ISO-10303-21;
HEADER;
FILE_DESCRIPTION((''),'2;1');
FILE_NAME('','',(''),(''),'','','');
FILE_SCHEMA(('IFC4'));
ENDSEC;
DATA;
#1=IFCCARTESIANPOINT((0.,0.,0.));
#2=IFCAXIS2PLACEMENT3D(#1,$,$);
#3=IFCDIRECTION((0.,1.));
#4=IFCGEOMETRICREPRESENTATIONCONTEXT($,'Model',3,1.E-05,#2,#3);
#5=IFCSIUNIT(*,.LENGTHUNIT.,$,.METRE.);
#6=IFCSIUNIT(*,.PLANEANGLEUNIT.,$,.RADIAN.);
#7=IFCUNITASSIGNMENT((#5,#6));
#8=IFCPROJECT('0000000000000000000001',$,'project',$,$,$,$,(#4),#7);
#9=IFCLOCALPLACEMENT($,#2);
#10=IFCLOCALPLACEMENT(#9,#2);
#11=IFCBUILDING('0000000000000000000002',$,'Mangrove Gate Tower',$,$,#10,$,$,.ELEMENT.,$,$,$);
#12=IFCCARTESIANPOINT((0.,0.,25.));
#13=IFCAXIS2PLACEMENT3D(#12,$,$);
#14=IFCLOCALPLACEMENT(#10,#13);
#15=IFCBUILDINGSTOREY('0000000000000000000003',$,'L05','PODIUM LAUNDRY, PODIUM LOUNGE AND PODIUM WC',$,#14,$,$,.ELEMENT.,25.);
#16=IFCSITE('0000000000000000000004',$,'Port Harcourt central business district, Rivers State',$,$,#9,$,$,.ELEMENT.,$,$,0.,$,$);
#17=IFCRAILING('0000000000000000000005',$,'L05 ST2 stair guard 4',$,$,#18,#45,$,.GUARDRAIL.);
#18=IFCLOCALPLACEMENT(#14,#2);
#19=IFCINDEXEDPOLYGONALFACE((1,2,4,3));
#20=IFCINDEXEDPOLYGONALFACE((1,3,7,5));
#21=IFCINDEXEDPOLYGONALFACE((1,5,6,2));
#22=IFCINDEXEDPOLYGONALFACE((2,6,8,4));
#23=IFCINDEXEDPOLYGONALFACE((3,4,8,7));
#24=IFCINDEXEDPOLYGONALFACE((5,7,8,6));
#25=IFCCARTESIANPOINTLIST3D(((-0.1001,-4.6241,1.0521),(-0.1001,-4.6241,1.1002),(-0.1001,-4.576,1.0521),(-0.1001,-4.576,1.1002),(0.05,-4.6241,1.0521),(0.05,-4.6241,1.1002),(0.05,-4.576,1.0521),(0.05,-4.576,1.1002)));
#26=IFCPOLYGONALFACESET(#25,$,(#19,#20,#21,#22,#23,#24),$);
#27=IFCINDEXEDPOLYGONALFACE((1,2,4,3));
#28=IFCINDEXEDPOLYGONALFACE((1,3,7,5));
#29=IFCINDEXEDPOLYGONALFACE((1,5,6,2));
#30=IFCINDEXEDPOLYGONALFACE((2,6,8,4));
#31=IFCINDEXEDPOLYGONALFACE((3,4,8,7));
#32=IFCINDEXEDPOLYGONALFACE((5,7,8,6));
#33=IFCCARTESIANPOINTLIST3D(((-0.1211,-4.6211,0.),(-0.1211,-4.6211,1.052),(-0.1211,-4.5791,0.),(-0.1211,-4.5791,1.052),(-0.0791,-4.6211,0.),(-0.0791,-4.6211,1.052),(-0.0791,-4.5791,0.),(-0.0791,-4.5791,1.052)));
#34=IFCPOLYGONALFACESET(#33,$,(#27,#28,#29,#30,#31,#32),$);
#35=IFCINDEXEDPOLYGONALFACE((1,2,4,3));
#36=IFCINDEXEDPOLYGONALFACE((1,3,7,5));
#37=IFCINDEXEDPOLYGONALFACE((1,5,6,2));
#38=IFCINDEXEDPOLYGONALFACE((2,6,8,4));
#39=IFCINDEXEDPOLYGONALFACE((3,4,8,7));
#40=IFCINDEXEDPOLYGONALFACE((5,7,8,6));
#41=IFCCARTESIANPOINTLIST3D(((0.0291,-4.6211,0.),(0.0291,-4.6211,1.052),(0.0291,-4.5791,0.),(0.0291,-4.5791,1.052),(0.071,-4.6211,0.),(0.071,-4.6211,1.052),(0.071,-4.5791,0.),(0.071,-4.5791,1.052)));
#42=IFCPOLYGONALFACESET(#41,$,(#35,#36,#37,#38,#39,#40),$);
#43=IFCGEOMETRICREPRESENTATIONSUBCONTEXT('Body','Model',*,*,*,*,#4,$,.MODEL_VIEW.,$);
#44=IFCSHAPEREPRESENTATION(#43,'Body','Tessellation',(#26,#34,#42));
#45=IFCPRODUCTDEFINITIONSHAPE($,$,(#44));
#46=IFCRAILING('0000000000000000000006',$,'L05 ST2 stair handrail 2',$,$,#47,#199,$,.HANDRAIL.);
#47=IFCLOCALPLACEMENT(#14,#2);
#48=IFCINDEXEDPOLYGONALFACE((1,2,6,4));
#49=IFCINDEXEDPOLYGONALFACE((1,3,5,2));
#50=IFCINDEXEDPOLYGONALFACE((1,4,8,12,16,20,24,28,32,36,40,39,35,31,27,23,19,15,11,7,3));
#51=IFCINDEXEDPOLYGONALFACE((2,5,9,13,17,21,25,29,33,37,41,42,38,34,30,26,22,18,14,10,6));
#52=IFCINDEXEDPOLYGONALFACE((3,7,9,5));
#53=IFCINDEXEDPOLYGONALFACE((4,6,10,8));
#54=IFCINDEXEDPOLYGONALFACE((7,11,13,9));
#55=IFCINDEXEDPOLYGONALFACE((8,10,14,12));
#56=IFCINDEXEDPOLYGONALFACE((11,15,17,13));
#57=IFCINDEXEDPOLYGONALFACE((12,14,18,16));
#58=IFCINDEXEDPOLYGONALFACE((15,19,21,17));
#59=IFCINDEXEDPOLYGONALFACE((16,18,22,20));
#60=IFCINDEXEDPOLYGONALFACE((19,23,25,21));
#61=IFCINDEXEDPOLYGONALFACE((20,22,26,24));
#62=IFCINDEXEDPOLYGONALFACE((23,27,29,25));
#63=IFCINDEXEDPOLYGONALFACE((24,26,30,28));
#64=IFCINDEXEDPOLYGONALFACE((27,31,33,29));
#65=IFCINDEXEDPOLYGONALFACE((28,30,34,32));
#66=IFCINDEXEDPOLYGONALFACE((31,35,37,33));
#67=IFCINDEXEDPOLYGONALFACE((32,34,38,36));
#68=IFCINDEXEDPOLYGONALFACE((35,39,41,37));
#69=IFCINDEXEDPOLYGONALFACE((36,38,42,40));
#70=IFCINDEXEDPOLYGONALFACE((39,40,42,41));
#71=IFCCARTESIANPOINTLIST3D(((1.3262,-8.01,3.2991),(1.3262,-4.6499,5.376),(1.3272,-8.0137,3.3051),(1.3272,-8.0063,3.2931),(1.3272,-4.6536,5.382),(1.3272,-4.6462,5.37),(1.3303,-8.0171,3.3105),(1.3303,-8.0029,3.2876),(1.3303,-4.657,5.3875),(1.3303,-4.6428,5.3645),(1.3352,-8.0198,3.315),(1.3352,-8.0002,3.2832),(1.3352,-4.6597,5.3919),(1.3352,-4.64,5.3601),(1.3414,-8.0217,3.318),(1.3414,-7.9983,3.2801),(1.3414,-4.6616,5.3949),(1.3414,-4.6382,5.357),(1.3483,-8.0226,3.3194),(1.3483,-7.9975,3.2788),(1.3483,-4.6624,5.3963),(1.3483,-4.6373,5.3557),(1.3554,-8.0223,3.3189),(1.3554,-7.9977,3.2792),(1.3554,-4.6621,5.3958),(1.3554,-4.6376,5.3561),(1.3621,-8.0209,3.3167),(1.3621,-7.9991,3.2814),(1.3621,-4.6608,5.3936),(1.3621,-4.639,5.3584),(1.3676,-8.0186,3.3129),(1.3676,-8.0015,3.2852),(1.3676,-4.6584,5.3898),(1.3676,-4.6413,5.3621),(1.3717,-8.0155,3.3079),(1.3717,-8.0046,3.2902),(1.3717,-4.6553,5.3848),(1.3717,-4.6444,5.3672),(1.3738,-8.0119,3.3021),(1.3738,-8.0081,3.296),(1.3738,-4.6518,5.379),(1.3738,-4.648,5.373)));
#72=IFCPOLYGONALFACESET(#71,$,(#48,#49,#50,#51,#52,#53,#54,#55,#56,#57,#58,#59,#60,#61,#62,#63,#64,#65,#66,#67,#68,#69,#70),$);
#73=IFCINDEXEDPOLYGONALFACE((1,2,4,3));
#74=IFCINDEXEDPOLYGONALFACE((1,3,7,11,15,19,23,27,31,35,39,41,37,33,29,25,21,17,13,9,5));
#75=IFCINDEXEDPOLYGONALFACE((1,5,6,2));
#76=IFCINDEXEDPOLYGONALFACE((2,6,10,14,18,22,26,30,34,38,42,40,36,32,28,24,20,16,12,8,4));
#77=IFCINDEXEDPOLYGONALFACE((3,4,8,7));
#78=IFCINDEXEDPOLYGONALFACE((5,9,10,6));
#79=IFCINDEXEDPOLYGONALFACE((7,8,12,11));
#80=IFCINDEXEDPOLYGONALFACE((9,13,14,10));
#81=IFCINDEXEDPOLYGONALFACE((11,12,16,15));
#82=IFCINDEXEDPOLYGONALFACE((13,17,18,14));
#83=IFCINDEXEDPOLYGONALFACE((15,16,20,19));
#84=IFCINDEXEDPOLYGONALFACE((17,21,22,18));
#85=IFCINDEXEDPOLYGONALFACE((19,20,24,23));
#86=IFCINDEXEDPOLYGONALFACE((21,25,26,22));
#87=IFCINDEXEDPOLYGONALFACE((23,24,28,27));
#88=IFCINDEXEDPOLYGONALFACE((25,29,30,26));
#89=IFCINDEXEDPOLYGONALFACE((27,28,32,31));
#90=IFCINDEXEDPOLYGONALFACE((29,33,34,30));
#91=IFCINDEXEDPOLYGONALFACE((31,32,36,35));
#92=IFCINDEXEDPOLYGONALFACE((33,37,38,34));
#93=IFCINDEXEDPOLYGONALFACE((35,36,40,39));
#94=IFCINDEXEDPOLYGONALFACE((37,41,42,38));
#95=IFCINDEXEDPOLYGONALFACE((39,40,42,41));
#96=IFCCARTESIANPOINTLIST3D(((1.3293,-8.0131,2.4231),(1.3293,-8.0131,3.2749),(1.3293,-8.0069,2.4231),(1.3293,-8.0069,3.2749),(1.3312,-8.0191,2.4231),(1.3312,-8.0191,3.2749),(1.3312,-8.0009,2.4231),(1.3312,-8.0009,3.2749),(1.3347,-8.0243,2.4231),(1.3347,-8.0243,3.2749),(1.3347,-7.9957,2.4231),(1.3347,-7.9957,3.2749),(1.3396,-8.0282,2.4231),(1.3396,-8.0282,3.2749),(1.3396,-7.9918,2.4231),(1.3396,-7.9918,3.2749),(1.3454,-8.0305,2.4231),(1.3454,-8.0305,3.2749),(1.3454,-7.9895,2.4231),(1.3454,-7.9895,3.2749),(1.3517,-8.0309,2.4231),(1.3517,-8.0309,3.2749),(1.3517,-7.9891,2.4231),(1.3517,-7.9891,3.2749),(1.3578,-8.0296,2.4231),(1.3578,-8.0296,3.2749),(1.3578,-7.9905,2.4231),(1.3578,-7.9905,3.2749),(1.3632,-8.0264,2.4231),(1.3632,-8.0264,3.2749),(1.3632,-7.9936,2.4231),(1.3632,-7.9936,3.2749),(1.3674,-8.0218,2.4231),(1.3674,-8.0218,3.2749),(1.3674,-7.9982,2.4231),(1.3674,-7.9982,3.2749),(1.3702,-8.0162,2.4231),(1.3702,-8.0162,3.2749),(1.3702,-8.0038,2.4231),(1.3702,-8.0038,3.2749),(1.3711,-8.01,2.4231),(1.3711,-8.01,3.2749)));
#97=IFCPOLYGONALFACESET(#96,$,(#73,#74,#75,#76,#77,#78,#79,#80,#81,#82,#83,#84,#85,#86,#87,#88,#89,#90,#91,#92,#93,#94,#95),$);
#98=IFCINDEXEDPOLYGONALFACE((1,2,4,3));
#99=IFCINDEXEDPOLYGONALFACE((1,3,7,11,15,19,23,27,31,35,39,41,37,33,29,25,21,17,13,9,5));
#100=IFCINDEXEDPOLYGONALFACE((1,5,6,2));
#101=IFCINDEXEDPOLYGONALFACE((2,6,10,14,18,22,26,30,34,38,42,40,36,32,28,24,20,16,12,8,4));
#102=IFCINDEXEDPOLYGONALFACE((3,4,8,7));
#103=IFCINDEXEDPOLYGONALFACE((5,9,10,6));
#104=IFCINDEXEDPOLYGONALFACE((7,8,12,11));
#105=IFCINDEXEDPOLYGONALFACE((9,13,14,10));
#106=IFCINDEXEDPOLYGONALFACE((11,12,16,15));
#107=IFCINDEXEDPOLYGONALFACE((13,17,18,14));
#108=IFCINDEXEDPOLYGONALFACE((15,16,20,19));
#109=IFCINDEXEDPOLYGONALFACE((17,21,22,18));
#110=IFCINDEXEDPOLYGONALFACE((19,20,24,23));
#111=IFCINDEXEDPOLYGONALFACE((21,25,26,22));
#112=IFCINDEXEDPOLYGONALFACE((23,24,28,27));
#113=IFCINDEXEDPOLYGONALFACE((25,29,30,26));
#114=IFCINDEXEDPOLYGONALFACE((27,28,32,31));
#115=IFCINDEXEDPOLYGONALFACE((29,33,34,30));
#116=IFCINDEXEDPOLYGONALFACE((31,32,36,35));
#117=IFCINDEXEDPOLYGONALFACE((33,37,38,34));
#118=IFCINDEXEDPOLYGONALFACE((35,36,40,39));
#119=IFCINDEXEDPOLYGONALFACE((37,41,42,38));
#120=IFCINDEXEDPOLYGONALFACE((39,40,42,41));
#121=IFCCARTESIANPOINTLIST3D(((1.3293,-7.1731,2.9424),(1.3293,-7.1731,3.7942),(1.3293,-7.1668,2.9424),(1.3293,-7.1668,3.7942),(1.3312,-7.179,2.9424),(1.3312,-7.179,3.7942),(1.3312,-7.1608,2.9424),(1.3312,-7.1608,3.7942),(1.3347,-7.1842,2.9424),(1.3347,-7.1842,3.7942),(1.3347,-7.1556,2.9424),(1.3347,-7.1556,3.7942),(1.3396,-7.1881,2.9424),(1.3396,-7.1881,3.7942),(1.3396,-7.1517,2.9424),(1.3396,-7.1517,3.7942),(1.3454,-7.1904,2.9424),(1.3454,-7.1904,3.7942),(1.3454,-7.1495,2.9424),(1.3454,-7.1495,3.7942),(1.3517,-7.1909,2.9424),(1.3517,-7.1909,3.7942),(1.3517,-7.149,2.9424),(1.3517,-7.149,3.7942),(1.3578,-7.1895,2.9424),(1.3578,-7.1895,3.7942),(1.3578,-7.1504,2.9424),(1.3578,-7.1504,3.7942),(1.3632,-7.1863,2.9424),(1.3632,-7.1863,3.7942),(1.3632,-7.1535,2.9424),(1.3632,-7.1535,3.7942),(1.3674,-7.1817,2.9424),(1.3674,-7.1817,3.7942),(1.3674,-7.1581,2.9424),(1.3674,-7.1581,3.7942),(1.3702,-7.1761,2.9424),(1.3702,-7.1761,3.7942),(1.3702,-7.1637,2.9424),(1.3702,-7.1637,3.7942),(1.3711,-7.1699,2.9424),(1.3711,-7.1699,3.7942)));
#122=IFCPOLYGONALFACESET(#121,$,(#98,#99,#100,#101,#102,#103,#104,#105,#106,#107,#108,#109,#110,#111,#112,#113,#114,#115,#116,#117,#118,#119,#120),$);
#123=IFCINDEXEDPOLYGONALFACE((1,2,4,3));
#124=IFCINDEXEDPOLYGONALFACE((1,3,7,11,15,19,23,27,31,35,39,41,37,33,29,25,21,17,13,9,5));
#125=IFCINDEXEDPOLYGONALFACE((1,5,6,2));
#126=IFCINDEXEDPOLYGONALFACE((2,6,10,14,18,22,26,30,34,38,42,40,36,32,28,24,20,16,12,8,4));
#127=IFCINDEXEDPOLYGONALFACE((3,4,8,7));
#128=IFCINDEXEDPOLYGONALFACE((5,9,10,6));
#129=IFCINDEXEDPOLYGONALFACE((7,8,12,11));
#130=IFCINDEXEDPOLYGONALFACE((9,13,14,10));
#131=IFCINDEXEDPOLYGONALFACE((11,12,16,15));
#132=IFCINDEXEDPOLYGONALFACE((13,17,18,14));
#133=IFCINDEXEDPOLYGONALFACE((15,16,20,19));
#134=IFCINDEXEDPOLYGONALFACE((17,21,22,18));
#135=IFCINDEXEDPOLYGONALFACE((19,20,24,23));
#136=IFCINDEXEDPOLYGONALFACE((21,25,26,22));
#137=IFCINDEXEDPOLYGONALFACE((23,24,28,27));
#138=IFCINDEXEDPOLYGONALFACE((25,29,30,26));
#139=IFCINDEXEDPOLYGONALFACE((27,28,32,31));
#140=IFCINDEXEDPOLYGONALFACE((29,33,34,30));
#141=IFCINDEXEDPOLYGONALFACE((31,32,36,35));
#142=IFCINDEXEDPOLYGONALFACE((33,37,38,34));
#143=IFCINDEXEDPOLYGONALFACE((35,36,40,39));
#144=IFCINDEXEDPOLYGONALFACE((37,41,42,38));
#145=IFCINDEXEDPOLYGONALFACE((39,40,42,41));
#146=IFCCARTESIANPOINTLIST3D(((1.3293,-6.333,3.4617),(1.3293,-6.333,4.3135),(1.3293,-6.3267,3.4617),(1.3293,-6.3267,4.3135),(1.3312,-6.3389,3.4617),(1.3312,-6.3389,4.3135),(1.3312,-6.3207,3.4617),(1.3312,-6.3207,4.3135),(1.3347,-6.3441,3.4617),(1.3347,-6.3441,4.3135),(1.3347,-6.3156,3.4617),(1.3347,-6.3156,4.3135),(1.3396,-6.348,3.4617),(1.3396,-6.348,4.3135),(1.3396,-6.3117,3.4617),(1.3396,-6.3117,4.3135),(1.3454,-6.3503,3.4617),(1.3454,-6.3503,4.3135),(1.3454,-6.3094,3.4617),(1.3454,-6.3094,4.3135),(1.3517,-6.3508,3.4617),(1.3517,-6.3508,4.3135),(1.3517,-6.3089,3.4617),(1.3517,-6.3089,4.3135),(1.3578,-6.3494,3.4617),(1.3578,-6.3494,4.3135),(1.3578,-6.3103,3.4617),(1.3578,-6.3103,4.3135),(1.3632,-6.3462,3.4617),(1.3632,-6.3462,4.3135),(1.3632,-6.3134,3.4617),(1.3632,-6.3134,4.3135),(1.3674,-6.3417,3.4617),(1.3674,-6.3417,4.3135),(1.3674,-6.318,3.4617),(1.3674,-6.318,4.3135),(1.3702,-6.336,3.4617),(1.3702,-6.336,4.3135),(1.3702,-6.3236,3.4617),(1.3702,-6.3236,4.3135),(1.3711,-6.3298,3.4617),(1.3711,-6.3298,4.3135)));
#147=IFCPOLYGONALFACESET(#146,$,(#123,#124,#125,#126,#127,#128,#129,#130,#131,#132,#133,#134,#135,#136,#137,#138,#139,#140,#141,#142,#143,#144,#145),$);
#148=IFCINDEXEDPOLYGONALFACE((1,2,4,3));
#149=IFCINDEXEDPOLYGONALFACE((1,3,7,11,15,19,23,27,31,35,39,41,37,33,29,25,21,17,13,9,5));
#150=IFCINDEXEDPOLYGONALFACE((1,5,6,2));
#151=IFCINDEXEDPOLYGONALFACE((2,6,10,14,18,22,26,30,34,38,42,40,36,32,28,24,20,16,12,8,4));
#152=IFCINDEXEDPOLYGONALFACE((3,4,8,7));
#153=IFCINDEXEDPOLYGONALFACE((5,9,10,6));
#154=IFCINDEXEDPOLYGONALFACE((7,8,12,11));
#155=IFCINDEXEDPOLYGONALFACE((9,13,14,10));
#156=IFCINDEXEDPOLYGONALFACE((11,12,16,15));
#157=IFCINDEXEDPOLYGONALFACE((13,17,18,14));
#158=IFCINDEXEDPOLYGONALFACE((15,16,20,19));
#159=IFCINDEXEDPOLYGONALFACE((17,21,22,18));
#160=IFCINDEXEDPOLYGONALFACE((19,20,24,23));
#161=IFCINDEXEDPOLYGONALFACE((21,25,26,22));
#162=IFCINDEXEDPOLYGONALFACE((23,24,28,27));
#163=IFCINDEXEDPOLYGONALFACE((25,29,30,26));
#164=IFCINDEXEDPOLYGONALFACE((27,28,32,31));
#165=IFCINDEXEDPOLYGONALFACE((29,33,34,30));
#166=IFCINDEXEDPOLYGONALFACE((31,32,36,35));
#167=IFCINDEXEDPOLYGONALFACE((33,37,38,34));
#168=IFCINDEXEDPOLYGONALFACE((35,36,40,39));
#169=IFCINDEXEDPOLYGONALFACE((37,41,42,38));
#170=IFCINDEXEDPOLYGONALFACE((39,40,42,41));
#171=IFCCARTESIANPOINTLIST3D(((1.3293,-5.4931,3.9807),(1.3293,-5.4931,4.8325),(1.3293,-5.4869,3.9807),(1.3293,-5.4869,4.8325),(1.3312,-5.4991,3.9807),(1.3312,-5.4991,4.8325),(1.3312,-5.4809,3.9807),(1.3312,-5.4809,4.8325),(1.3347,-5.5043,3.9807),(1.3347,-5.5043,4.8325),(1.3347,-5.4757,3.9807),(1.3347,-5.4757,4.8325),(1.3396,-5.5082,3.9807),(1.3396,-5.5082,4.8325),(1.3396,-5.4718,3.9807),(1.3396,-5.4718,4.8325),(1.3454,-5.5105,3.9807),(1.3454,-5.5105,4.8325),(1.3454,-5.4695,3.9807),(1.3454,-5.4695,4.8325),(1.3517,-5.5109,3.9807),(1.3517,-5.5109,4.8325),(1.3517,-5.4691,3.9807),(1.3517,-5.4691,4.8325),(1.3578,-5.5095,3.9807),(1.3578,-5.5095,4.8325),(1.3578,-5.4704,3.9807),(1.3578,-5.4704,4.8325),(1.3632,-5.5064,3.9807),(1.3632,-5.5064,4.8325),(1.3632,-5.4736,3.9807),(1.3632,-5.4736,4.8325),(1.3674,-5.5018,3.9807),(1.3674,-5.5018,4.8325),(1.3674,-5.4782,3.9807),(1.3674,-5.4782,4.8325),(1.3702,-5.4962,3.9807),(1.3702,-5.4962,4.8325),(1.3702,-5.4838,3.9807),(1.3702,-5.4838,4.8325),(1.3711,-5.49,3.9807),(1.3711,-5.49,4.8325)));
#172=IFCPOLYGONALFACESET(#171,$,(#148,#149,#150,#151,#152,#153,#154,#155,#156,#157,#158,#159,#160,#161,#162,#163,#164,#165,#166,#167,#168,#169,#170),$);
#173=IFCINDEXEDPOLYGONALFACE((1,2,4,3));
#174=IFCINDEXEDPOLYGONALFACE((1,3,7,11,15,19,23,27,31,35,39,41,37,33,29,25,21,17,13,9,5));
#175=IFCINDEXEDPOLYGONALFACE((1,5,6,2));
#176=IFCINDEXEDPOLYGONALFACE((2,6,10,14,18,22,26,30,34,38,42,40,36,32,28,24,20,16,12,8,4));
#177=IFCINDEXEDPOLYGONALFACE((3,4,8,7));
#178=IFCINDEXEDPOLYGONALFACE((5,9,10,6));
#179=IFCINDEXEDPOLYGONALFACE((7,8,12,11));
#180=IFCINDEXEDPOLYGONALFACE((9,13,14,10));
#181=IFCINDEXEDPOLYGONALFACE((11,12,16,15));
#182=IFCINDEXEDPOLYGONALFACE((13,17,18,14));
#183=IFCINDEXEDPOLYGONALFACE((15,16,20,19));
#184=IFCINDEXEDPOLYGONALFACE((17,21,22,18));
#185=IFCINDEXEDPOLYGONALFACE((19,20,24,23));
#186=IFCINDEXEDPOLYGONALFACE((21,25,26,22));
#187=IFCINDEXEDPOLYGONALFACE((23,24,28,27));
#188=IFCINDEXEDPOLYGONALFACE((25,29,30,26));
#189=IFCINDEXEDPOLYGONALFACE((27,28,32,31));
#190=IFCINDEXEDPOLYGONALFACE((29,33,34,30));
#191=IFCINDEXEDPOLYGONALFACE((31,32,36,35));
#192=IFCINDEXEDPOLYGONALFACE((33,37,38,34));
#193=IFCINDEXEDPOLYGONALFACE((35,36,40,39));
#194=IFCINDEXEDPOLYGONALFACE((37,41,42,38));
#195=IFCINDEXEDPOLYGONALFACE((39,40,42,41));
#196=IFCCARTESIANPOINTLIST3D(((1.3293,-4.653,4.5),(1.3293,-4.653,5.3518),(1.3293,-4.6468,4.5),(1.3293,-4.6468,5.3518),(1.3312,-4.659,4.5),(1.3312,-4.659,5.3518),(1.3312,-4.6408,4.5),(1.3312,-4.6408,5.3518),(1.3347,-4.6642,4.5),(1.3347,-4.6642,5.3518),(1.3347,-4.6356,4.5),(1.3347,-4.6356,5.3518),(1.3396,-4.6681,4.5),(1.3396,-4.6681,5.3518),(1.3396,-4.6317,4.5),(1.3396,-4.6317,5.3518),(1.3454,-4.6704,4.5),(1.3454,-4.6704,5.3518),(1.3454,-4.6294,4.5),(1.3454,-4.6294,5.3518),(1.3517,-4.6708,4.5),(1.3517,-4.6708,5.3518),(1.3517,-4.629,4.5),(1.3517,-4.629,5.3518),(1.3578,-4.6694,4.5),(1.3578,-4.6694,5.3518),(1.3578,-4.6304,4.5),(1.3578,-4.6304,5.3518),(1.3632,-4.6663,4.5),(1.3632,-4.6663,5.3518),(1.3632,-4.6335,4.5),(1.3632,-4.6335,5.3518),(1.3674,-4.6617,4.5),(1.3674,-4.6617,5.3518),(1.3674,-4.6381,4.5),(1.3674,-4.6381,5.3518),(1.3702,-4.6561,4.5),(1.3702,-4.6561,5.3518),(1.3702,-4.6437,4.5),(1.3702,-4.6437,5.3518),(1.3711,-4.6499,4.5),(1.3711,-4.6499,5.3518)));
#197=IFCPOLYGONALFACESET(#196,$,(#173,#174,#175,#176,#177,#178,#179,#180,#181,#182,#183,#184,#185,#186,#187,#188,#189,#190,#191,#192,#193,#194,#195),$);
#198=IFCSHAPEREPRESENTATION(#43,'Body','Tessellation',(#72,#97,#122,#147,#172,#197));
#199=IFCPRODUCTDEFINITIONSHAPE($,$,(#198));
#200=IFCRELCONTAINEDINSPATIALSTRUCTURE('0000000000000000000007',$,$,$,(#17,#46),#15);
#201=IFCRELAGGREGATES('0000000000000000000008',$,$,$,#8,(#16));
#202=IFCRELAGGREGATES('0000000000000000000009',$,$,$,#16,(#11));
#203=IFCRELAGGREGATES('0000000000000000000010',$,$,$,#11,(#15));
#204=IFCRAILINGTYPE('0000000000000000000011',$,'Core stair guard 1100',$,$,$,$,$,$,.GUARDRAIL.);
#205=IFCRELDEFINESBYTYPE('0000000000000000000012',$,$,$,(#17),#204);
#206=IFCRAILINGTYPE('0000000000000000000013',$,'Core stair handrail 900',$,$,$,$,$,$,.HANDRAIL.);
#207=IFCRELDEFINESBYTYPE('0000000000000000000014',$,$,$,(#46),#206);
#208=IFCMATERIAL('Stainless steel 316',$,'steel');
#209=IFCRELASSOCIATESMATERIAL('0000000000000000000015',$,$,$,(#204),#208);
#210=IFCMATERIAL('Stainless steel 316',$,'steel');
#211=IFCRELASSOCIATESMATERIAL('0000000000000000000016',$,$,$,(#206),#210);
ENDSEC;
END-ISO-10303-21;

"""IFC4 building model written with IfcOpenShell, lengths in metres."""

from ifc_helpers import new_model, si_unit, direction, frame, origin, origin_2d, place, context, subcontext, project, spatial, rectangle, circle, extrude, material, type_object, element, save


model = new_model("IFC4")

# Units and contexts
model_context = context("Model", 3, precision=1e-05, world=origin(), true_north=direction((0.0, 1.0)))
body_context = subcontext(model_context, "Body", "Model", "MODEL_VIEW")
ifc_project = project(units=[si_unit("LENGTHUNIT", "METRE"), si_unit("PLANEANGLEUNIT", "RADIAN")], contexts=[model_context])

# Site, building, storey
site_placement = place(None, origin())
site = spatial("IfcSite", under=ifc_project, at=site_placement, Name="Port Harcourt central business district, Rivers State", CompositionType="ELEMENT", RefElevation=0.0)
building_placement = place(site_placement, origin())
building = spatial("IfcBuilding", under=site, at=building_placement, Name="Mangrove Gate Tower", CompositionType="ELEMENT")
storey_placement = place(building_placement, frame((0.0, 0.0, 25.0)))
storey = spatial("IfcBuildingStorey", under=building, at=storey_placement, Name="L05", Description="PODIUM LAUNDRY, PODIUM LOUNGE AND PODIUM WC", CompositionType="ELEMENT", Elevation=25.0)

# Railings
ifc_material_1 = material(Name="Stainless steel 316", Category="steel")
railing_type_1 = type_object("IfcRailingType", Name="Core stair guard 1100", PredefinedType="GUARDRAIL", material=ifc_material_1)
railing_1_placement = place(storey_placement, frame((-0.1001, -4.6001, 0.0)))
element("IfcRailing", 1, at=railing_1_placement, inside=storey, type_object=railing_type_1, Name="L05 ST2 stair guard 4", PredefinedType="GUARDRAIL", context=body_context, shape_type="SweptSolid", body=[
    extrude(rectangle(XDim=0.0481, YDim=0.0481, at=origin_2d()), frame((0.0, 0.0, 1.0762), z_axis=(1.0, 0.0, 0.0), x_axis=(0.0, 1.0, 0.0)), (0.0, 0.0, 1.0), 0.1501),
    extrude(rectangle(XDim=0.042, YDim=0.042, at=origin_2d()), origin(), (0.0, 0.0, 1.0), 1.052),
    extrude(rectangle(XDim=0.042, YDim=0.042, at=origin_2d()), frame((0.1501, 0.0, 0.0)), (0.0, 0.0, 1.0), 1.052),
])
ifc_material_2 = material(Name="Stainless steel 316", Category="steel")
railing_type_2 = type_object("IfcRailingType", Name="Core stair handrail 900", PredefinedType="HANDRAIL", material=ifc_material_2)
railing_2_placement = place(storey_placement, frame((1.3501, -8.01, 2.4231)))
element("IfcRailing", 2, at=railing_2_placement, inside=storey, type_object=railing_type_2, Name="L05 ST2 stair handrail 2", PredefinedType="HANDRAIL", context=body_context, shape_type="SweptSolid", body=[
    extrude(circle(Radius=0.0239, at=origin_2d()), frame((0.0, 0.0, 0.876), z_axis=(0.0, 0.850623, 0.525776), x_axis=(-1.0, 0.0, 0.0)), (0.0, 0.0, 1.0), 3.9502),
    extrude(circle(Radius=0.021, at=origin_2d()), origin(), (0.0, 0.0, 1.0), 0.8518),
    extrude(circle(Radius=0.021, at=origin_2d()), frame((0.0, 0.8401, 0.5193)), (0.0, 0.0, 1.0), 0.8518),
    extrude(circle(Radius=0.021, at=origin_2d()), frame((0.0, 1.6802, 1.0386)), (0.0, 0.0, 1.0), 0.8518),
    extrude(circle(Radius=0.021, at=origin_2d()), frame((0.0, 2.52, 1.5576)), (0.0, 0.0, 1.0), 0.8518),
    extrude(circle(Radius=0.021, at=origin_2d()), frame((0.0, 3.3601, 2.0769)), (0.0, 0.0, 1.0), 0.8518),
])

save(model, "model.ifc")
